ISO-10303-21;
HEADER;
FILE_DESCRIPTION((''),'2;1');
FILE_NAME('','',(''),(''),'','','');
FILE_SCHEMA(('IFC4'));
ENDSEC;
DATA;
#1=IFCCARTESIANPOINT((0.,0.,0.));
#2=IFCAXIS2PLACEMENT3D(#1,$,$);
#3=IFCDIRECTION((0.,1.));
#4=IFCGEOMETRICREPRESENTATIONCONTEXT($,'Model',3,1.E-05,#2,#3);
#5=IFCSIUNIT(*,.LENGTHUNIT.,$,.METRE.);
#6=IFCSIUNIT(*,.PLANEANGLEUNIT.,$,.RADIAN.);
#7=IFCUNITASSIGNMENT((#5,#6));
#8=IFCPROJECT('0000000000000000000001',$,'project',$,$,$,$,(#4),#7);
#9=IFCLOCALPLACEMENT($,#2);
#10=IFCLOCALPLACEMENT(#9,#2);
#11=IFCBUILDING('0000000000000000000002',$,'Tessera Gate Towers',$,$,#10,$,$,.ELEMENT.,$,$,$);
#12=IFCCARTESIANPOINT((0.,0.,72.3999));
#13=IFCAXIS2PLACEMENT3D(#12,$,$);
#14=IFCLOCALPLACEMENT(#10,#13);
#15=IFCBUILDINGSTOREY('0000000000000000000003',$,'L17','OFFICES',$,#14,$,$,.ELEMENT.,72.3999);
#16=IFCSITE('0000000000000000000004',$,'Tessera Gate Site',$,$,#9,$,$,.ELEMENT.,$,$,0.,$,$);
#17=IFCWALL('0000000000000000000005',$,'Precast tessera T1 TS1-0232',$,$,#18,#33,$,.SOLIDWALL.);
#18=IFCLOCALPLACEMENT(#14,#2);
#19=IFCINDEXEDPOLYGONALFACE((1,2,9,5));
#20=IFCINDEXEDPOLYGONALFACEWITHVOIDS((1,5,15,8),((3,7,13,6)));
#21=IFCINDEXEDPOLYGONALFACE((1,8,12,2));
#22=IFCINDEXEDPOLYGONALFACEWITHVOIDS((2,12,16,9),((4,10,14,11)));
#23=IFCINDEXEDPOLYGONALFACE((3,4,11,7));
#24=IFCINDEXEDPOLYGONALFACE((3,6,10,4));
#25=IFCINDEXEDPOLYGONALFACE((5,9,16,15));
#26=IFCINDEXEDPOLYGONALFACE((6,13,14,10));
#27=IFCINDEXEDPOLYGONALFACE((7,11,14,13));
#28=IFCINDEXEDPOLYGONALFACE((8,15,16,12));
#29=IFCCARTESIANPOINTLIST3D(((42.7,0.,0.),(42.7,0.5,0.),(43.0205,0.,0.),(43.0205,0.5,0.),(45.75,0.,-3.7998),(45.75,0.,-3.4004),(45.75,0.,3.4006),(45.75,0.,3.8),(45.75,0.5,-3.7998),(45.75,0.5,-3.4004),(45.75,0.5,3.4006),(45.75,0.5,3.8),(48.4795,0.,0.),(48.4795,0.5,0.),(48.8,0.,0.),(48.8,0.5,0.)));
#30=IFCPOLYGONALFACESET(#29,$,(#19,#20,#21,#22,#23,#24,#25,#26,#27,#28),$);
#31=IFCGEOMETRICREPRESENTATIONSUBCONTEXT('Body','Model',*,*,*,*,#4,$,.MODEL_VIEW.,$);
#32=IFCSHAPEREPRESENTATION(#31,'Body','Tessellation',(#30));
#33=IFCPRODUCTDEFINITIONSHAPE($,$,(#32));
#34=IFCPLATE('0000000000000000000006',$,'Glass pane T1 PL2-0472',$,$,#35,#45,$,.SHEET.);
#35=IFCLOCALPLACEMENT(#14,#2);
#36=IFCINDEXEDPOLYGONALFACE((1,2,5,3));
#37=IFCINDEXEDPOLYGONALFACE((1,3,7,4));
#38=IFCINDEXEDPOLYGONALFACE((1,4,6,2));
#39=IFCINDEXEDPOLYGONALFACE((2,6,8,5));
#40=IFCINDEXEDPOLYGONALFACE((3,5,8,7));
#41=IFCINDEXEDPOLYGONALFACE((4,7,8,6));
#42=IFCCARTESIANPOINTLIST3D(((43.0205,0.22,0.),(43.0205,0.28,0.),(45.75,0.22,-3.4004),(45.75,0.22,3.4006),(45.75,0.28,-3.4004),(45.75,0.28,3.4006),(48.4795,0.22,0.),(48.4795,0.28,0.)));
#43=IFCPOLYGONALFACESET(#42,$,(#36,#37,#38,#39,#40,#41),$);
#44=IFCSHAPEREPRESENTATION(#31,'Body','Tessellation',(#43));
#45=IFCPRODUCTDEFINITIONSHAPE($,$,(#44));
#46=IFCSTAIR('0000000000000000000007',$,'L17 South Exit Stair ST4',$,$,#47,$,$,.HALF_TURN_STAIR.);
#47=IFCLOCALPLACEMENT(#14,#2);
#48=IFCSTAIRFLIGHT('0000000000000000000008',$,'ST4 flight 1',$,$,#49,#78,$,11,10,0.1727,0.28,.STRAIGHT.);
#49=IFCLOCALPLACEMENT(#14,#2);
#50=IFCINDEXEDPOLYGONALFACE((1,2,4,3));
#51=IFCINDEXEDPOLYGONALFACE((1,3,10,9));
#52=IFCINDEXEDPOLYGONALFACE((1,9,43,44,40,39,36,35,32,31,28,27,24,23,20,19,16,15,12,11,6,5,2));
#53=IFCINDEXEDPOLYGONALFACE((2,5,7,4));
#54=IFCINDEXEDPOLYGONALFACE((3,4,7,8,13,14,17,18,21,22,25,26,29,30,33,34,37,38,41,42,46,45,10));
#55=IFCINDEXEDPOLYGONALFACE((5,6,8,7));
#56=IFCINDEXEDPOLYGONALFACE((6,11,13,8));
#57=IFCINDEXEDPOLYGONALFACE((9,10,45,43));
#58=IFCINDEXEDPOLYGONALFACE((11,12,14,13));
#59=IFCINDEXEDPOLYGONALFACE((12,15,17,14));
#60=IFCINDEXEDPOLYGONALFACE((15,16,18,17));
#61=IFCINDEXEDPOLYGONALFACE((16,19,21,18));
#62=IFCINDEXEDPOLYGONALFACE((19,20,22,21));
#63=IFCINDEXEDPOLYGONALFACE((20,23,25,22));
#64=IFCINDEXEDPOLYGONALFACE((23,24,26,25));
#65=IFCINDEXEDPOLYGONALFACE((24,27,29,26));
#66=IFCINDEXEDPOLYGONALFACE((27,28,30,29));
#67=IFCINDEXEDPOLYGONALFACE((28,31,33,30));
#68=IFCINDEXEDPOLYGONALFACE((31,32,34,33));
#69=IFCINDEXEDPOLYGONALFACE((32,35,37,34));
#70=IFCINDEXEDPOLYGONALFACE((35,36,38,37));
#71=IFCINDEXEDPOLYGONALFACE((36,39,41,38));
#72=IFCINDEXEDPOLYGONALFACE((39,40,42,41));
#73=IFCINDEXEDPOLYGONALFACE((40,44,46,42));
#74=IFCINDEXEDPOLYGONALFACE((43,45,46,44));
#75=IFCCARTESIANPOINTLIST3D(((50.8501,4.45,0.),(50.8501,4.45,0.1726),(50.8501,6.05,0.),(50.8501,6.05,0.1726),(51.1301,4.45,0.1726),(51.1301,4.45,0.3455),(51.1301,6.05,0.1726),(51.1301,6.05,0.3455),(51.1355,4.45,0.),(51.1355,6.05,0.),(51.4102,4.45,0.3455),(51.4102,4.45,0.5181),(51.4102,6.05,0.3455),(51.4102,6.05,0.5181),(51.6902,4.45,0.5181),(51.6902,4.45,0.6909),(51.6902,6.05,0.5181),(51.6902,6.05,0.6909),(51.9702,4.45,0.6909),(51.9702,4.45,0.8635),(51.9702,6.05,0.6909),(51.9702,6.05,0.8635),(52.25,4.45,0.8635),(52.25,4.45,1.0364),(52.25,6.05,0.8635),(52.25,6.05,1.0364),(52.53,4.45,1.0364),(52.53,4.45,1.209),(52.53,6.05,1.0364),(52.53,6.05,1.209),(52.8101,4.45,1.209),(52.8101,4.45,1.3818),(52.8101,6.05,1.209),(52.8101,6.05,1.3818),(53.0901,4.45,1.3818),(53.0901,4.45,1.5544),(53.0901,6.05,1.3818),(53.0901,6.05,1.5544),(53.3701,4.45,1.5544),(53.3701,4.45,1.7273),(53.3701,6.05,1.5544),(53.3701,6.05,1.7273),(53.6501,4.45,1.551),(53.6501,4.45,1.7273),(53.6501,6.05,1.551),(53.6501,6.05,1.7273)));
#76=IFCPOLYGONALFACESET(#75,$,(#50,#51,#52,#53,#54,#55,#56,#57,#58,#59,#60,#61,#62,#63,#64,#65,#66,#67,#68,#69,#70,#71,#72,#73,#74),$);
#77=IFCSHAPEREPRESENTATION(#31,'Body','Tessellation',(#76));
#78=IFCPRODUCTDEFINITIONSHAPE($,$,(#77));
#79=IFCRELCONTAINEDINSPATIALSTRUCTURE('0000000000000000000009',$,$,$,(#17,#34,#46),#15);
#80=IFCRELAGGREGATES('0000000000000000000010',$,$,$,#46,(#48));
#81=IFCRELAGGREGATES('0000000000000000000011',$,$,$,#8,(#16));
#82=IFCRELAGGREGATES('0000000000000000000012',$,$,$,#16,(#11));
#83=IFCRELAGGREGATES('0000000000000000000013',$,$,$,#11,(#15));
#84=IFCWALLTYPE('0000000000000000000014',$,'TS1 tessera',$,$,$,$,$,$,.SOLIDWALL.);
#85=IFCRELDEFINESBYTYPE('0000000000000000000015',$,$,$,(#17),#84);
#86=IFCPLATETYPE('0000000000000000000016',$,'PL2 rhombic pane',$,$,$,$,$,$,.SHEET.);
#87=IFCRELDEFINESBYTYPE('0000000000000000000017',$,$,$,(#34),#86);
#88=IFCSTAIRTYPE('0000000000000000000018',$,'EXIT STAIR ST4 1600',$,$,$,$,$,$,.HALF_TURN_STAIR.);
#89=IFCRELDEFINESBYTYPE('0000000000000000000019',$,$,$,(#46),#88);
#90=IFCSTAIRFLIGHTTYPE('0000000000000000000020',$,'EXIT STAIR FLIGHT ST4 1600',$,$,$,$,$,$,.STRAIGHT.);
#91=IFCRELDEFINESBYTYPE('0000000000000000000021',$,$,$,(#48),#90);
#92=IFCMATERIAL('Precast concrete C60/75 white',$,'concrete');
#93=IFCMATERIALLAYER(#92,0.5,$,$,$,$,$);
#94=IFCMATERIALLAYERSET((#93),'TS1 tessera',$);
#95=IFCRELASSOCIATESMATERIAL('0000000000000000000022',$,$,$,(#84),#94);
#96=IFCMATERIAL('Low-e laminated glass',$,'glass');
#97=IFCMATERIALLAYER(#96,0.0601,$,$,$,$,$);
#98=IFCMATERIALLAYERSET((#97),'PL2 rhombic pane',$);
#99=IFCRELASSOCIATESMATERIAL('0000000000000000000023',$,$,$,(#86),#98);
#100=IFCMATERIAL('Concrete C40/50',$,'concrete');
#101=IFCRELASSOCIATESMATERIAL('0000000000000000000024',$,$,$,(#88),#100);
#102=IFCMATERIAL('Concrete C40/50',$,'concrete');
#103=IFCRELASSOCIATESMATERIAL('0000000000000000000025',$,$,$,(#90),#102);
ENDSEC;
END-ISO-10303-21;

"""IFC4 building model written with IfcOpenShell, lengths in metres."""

from ifc_helpers import new_model, si_unit, direction, frame, origin, place, context, subcontext, project, spatial, polyline, outline, extrude, source, transform, mapped, material, layer, layer_set, type_object, element, fill, aggregate, save


model = new_model("IFC4")

# Units and contexts
model_context = context("Model", 3, precision=1e-05, world=origin(), true_north=direction((0.0, 1.0)))
body_context = subcontext(model_context, "Body", "Model", "MODEL_VIEW")
ifc_project = project(units=[si_unit("LENGTHUNIT", "METRE"), si_unit("PLANEANGLEUNIT", "RADIAN")], contexts=[model_context])

# Site, building, storey
site_placement = place(None, origin())
site = spatial("IfcSite", under=ifc_project, at=site_placement, Name="Tessera Gate Site", CompositionType="ELEMENT", RefElevation=0.0)
building_placement = place(site_placement, origin())
building = spatial("IfcBuilding", under=site, at=building_placement, Name="Tessera Gate Towers", CompositionType="ELEMENT")
storey_placement = place(building_placement, frame((0.0, 0.0, 72.3999)))
storey = spatial("IfcBuildingStorey", under=building, at=storey_placement, Name="L17", Description="OFFICES", CompositionType="ELEMENT", Elevation=72.3999)

# Wall, opening, plate
ifc_material_1 = material(Name="Precast concrete C60/75 white", Category="concrete")
ifc_layer_1 = layer(ifc_material_1, 0.5)
ifc_layer_set_1 = layer_set([ifc_layer_1], Name="TS1 tessera")
wall_type_1 = type_object("IfcWallType", Name="TS1 tessera", PredefinedType="SOLIDWALL", material=ifc_layer_set_1)
shared_shape_1 = source(origin(), body_context, "Body", "SweptSolid", [
    extrude(outline(polyline([(3.05, 0.0), (6.1001, 3.7998), (3.05, 7.5999), (0.0, 3.7998), (3.05, 0.0)])), frame((0.0, 0.25, 0.0), z_axis=(0.0, -1.0, 0.0), x_axis=(1.0, 0.0, 0.0)), (0.0, 0.0, 1.0), 0.5),
])
wall_1_placement = place(storey_placement, frame((42.7, 0.25, -3.7998), z_axis=(0.0, 0.0, 1.0), x_axis=(1.0, 0.0, 0.0)))
wall_1 = element("IfcWall", 1, at=wall_1_placement, inside=storey, type_object=wall_type_1, Name="Precast tessera T1 TS1-0232", PredefinedType="SOLIDWALL", context=body_context, shape_type="MappedRepresentation", body=[
    mapped(shared_shape_1, transform((0.0, 0.0, 0.0), scale=1.0)),
])
shared_shape_2 = source(origin(), body_context, "Body", "SweptSolid", [
    extrude(outline(polyline([(3.05, 0.3994), (5.7795, 3.7998), (3.05, 7.2004), (0.3206, 3.7998), (3.05, 0.3994)])), frame((0.0, 0.26, 0.0), z_axis=(0.0, -1.0, 0.0), x_axis=(1.0, 0.0, 0.0)), (0.0, 0.0, 1.0), 0.52),
])
opening_1_placement = place(wall_1_placement, origin())
opening_1 = element("IfcOpeningElement", 2, at=opening_1_placement, cuts=wall_1, PredefinedType="OPENING", context=body_context, shape_type="MappedRepresentation", body=[
    mapped(shared_shape_2, transform((0.0, 0.0, 0.0), scale=1.0)),
])
ifc_material_2 = material(Name="Low-e laminated glass", Category="glass")
ifc_layer_2 = layer(ifc_material_2, 0.0601)
ifc_layer_set_2 = layer_set([ifc_layer_2], Name="PL2 rhombic pane")
plate_type = type_object("IfcPlateType", Name="PL2 rhombic pane", PredefinedType="SHEET", material=ifc_layer_set_2)
shared_shape_3 = source(origin(), body_context, "Body", "SweptSolid", [
    extrude(outline(polyline([(3.05, 0.3994), (5.7795, 3.7998), (3.05, 7.2004), (0.3206, 3.7998), (3.05, 0.3994)])), frame((0.0, 0.03, 0.0), z_axis=(0.0, -1.0, 0.0), x_axis=(1.0, 0.0, 0.0)), (0.0, 0.0, 1.0), 0.0601),
])
plate_placement = place(opening_1_placement, origin())
plate = element("IfcPlate", 3, at=plate_placement, inside=storey, type_object=plate_type, Name="Glass pane T1 PL2-0472", PredefinedType="SHEET", context=body_context, shape_type="MappedRepresentation", body=[
    mapped(shared_shape_3, transform((0.0, 0.0, 0.0), scale=1.0)),
])
fill(opening_1, plate)

# Stair, stair flight
ifc_material_3 = material(Name="Concrete C40/50", Category="concrete")
stair_type = type_object("IfcStairType", Name="EXIT STAIR ST4 1600", PredefinedType="HALF_TURN_STAIR", material=ifc_material_3)
stair_placement = place(storey_placement, origin())
stair = element("IfcStair", 4, at=stair_placement, inside=storey, type_object=stair_type, Name="L17 South Exit Stair ST4", PredefinedType="HALF_TURN_STAIR")
ifc_material_4 = material(Name="Concrete C40/50", Category="concrete")
stair_flight_type = type_object("IfcStairFlightType", Name="EXIT STAIR FLIGHT ST4 1600", PredefinedType="STRAIGHT", material=ifc_material_4)
stair_flight_placement = place(storey_placement, frame((50.8501, 5.25, 0.0), z_axis=(0.0, 0.0, 1.0), x_axis=(1.0, 0.0, 0.0)))
stair_flight = element("IfcStairFlight", 5, at=stair_flight_placement, type_object=stair_flight_type, Name="ST4 flight 1", NumberOfRisers=11, NumberOfTreads=10, PredefinedType="STRAIGHT", RiserHeight=0.1727, TreadLength=0.28, context=body_context, shape_type="SweptSolid", body=[
    extrude(outline(polyline([(0.0, 0.0), (0.0, 0.1726), (0.28, 0.1726), (0.28, 0.3455), (0.5601, 0.3455), (0.5601, 0.5181), (0.8401, 0.5181), (0.8401, 0.6909), (1.1201, 0.6909), (1.1201, 0.8635), (1.3999, 0.8635), (1.3999, 1.0364), (1.6799, 1.0364), (1.6799, 1.209), (1.96, 1.209), (1.96, 1.3818), (2.24, 1.3818), (2.24, 1.5544), (2.52, 1.5544), (2.52, 1.7273), (2.8, 1.7273), (2.8, 1.8999), (2.8, 1.551), (0.2854, 0.0), (0.0, 0.0)])), frame((0.0, 0.8, 0.0), z_axis=(0.0, -1.0, 0.0), x_axis=(1.0, 0.0, 0.0)), (0.0, 0.0, 1.0), 1.6001),
])
aggregate(stair, [stair_flight])

save(model, "model.ifc")
